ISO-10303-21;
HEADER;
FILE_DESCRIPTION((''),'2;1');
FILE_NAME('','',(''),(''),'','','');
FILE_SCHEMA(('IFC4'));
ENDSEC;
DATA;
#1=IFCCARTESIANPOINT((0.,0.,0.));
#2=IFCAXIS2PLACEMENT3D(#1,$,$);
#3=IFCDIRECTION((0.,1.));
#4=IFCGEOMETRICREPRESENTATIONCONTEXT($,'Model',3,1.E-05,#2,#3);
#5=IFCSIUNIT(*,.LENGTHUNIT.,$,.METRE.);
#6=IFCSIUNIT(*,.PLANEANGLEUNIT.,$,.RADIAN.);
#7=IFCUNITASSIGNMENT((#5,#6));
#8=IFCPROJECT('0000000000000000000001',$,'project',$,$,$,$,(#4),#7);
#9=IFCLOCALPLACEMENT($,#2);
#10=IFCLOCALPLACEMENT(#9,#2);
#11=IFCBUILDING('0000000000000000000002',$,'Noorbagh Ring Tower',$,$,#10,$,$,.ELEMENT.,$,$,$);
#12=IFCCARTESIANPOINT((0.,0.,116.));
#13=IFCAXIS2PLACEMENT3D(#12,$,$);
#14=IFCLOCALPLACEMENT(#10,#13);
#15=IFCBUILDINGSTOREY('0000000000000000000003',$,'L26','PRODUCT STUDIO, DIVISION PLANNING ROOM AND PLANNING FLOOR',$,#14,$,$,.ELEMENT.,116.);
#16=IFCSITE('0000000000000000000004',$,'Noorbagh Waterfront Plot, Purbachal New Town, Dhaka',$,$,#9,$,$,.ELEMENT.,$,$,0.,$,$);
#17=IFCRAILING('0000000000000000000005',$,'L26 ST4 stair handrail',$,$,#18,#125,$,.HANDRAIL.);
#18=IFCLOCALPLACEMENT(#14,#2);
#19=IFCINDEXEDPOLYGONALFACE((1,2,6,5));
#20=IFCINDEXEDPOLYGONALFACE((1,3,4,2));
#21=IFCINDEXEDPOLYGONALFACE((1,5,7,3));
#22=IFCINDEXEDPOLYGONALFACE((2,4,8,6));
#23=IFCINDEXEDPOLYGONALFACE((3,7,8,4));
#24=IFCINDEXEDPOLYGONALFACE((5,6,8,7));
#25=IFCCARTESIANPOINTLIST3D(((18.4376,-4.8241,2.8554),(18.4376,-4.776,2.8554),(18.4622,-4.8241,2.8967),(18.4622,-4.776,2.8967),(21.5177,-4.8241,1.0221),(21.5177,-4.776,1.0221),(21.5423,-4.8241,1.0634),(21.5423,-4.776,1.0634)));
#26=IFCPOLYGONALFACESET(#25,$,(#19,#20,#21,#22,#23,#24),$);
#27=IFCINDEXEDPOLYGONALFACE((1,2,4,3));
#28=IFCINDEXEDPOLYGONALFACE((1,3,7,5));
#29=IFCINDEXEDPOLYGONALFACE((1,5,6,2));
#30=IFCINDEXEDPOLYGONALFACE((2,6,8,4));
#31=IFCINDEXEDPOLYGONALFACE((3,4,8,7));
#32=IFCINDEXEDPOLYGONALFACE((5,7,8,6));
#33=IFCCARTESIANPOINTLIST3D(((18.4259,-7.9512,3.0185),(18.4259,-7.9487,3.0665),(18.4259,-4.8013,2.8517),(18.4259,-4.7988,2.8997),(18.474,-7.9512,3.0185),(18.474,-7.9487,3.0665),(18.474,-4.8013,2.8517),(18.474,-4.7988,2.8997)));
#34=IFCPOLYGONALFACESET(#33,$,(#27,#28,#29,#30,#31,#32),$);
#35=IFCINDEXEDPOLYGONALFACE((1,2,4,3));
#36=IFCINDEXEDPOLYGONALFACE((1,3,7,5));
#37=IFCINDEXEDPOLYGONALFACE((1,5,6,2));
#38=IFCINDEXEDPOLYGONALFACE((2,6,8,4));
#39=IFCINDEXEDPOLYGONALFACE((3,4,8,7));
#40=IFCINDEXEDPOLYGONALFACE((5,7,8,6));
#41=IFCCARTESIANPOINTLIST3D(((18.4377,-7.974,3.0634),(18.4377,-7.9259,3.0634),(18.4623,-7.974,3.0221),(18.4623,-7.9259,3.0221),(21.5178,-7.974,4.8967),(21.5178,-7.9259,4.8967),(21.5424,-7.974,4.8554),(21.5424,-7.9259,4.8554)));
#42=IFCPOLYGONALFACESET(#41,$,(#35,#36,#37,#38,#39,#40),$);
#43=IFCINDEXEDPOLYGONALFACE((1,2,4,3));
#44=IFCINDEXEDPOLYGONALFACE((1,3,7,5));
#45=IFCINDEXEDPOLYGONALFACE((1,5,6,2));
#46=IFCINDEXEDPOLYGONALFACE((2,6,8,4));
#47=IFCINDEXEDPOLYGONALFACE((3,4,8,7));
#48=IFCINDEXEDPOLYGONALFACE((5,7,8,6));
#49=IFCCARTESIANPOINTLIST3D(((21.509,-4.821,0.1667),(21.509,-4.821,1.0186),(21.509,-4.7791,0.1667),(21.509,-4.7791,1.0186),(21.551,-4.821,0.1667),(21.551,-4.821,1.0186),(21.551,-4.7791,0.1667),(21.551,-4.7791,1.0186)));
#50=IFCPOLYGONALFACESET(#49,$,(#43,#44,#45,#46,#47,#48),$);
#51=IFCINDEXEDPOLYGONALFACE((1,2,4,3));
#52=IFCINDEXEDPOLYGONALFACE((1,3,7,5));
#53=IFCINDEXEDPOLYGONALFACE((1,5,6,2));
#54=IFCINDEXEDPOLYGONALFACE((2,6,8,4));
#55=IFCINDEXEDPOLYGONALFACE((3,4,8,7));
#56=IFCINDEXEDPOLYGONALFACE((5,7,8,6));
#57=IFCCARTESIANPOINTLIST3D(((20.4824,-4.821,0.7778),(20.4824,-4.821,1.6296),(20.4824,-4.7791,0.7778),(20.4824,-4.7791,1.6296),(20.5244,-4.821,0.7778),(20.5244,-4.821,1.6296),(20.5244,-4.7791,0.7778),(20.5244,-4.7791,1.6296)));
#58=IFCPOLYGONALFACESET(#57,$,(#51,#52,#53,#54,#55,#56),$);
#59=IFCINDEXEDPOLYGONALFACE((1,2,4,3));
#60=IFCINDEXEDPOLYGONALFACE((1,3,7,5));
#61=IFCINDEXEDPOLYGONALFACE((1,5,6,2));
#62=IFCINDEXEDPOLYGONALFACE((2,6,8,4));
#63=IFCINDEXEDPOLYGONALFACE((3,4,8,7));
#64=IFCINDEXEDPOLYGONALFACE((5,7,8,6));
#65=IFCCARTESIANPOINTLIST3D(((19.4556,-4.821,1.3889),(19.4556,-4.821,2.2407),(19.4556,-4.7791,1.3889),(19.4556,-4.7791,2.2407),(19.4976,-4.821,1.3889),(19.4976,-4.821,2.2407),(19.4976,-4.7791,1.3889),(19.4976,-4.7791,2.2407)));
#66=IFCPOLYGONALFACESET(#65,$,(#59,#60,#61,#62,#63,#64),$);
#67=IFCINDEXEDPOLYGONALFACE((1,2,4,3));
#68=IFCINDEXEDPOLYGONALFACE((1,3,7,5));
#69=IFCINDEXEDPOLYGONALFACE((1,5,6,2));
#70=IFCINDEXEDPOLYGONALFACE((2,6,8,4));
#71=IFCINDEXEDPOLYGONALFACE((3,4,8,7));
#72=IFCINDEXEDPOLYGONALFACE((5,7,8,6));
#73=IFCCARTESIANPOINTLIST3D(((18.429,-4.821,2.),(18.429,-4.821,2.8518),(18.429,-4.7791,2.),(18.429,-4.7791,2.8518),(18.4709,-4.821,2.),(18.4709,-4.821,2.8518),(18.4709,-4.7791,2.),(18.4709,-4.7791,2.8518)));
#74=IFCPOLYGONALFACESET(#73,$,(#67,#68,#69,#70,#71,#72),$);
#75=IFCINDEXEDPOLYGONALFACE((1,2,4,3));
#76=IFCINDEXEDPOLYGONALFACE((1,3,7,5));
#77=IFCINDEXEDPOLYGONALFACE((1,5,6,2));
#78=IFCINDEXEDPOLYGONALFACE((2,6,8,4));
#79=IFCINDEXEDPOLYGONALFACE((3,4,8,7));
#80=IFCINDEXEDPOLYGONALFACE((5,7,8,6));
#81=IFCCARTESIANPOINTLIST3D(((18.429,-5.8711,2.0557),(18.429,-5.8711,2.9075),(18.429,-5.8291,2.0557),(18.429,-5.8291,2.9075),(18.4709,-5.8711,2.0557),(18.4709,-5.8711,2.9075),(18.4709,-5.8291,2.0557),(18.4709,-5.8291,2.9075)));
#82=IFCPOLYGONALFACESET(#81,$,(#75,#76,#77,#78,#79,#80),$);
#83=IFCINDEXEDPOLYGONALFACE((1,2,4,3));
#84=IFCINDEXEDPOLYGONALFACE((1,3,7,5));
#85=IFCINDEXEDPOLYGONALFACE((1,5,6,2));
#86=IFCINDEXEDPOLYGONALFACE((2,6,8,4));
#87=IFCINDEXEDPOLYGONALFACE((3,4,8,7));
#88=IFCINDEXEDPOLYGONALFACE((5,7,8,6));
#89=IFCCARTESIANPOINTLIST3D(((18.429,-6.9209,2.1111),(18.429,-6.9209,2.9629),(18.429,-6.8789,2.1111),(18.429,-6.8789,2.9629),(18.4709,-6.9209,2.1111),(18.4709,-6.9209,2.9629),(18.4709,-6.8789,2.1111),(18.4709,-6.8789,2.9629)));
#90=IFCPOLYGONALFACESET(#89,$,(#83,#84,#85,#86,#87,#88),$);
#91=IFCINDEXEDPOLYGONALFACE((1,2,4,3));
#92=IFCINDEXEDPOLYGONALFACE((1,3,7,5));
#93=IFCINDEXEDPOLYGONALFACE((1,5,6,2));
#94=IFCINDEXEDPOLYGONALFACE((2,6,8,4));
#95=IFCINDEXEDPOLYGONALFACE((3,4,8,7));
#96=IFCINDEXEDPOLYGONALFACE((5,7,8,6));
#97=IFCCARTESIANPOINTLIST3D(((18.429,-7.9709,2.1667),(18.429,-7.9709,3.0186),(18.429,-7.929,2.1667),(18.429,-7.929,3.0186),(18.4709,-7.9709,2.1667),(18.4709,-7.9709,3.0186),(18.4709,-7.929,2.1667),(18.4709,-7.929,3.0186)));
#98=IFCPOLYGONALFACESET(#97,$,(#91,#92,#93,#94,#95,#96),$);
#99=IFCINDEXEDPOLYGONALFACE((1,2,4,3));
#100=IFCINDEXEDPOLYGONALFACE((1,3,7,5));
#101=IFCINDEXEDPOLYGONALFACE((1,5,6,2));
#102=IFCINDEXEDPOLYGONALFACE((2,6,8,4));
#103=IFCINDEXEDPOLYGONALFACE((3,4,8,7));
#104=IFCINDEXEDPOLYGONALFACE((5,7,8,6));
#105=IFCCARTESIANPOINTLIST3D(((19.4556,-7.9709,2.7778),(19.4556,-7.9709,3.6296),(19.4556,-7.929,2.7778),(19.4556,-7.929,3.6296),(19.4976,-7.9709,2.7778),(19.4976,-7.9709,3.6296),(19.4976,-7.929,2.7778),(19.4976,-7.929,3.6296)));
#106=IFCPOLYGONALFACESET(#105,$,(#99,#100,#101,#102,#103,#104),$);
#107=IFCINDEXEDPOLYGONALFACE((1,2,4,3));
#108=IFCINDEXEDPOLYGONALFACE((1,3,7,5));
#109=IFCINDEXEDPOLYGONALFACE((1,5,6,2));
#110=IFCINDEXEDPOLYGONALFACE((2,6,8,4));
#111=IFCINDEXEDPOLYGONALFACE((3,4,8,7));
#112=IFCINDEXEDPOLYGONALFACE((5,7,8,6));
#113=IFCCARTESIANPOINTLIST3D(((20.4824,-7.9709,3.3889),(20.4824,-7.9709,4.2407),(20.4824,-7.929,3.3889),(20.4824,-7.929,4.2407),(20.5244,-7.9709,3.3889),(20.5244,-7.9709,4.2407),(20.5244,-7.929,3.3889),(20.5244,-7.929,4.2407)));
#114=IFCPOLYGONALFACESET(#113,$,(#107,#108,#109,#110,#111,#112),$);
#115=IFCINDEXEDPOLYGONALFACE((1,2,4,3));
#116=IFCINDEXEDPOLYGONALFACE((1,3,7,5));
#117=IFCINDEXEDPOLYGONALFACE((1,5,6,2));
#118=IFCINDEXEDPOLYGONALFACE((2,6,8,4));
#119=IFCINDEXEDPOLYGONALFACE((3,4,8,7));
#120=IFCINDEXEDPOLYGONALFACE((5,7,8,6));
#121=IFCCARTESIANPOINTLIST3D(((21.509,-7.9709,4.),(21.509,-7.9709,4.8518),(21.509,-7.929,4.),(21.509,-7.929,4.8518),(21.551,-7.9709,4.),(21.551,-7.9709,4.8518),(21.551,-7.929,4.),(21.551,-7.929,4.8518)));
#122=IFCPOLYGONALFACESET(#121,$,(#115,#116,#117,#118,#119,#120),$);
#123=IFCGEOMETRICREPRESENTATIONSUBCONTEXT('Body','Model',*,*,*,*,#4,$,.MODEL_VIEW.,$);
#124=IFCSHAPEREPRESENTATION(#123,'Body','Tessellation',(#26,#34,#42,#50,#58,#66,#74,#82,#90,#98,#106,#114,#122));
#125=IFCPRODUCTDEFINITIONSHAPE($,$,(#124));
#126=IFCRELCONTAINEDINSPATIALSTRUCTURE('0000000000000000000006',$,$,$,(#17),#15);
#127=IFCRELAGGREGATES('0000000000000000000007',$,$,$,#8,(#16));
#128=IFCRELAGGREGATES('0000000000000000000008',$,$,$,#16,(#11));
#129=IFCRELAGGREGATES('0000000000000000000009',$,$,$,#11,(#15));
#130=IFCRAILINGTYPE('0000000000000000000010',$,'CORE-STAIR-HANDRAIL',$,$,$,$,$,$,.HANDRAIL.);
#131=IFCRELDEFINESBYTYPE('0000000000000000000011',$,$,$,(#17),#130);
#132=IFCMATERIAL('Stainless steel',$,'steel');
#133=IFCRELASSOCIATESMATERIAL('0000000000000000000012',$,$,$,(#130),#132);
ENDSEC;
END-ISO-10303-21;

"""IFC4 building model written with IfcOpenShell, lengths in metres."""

from ifc_helpers import new_model, si_unit, direction, frame, origin, origin_2d, place, context, subcontext, project, spatial, rectangle, extrude, material, type_object, element, save


model = new_model("IFC4")

# Units and contexts
model_context = context("Model", 3, precision=1e-05, world=origin(), true_north=direction((0.0, 1.0)))
body_context = subcontext(model_context, "Body", "Model", "MODEL_VIEW")
ifc_project = project(units=[si_unit("LENGTHUNIT", "METRE"), si_unit("PLANEANGLEUNIT", "RADIAN")], contexts=[model_context])

# Site, building, storey
site_placement = place(None, origin())
site = spatial("IfcSite", under=ifc_project, at=site_placement, Name="Noorbagh Waterfront Plot, Purbachal New Town, Dhaka", CompositionType="ELEMENT", RefElevation=0.0)
building_placement = place(site_placement, origin())
building = spatial("IfcBuilding", under=site, at=building_placement, Name="Noorbagh Ring Tower", CompositionType="ELEMENT")
storey_placement = place(building_placement, frame((0.0, 0.0, 116.0)))
storey = spatial("IfcBuildingStorey", under=building, at=storey_placement, Name="L26", Description="PRODUCT STUDIO, DIVISION PLANNING ROOM AND PLANNING FLOOR", CompositionType="ELEMENT", Elevation=116.0)

# Railing
ifc_material_1 = material(Name="Stainless steel", Category="steel")
railing_type_1 = type_object("IfcRailingType", Name="CORE-STAIR-HANDRAIL", PredefinedType="HANDRAIL", material=ifc_material_1)
railing_1_placement = place(storey_placement, frame((21.53, -4.8, 0.1667)))
element("IfcRailing", 1, at=railing_1_placement, inside=storey, type_object=railing_type_1, Name="L26 ST4 stair handrail", PredefinedType="HANDRAIL", context=body_context, shape_type="SweptSolid", body=[
    extrude(rectangle(XDim=0.0481, YDim=0.0481, at=origin_2d()), frame((0.0, 0.0, 0.876), z_axis=(-0.859309, 0.0, 0.511458), x_axis=(0.0, -1.0, 0.0)), (0.0, 0.0, 1.0), 3.5845),
    extrude(rectangle(XDim=0.0481, YDim=0.0481, at=origin_2d()), frame((-3.0801, 0.0, 2.709), z_axis=(0.0, -0.998602, 0.052864), x_axis=(1.0, 0.0, 0.0)), (0.0, 0.0, 1.0), 3.1543),
    extrude(rectangle(XDim=0.0481, YDim=0.0481, at=origin_2d()), frame((-3.0801, -3.1499, 2.876), z_axis=(0.859309, 0.0, 0.511458), x_axis=(0.0, 1.0, 0.0)), (0.0, 0.0, 1.0), 3.5845),
    extrude(rectangle(XDim=0.042, YDim=0.042, at=origin_2d()), origin(), (0.0, 0.0, 1.0), 0.8518),
    extrude(rectangle(XDim=0.042, YDim=0.042, at=origin_2d()), frame((-1.0266, 0.0, 0.6111)), (0.0, 0.0, 1.0), 0.8518),
    extrude(rectangle(XDim=0.042, YDim=0.042, at=origin_2d()), frame((-2.0535, 0.0, 1.2222)), (0.0, 0.0, 1.0), 0.8518),
    extrude(rectangle(XDim=0.042, YDim=0.042, at=origin_2d()), frame((-3.0801, 0.0, 1.8333)), (0.0, 0.0, 1.0), 0.8518),
    extrude(rectangle(XDim=0.042, YDim=0.042, at=origin_2d()), frame((-3.0801, -1.05, 1.8889)), (0.0, 0.0, 1.0), 0.8518),
    extrude(rectangle(XDim=0.042, YDim=0.042, at=origin_2d()), frame((-3.0801, -2.0999, 1.9443)), (0.0, 0.0, 1.0), 0.8518),
    extrude(rectangle(XDim=0.042, YDim=0.042, at=origin_2d()), frame((-3.0801, -3.1499, 2.0)), (0.0, 0.0, 1.0), 0.8518),
    extrude(rectangle(XDim=0.042, YDim=0.042, at=origin_2d()), frame((-2.0535, -3.1499, 2.6111)), (0.0, 0.0, 1.0), 0.8518),
    extrude(rectangle(XDim=0.042, YDim=0.042, at=origin_2d()), frame((-1.0266, -3.1499, 3.2222)), (0.0, 0.0, 1.0), 0.8518),
    extrude(rectangle(XDim=0.042, YDim=0.042, at=origin_2d()), frame((0.0, -3.1499, 3.8333)), (0.0, 0.0, 1.0), 0.8518),
])

save(model, "model.ifc")
